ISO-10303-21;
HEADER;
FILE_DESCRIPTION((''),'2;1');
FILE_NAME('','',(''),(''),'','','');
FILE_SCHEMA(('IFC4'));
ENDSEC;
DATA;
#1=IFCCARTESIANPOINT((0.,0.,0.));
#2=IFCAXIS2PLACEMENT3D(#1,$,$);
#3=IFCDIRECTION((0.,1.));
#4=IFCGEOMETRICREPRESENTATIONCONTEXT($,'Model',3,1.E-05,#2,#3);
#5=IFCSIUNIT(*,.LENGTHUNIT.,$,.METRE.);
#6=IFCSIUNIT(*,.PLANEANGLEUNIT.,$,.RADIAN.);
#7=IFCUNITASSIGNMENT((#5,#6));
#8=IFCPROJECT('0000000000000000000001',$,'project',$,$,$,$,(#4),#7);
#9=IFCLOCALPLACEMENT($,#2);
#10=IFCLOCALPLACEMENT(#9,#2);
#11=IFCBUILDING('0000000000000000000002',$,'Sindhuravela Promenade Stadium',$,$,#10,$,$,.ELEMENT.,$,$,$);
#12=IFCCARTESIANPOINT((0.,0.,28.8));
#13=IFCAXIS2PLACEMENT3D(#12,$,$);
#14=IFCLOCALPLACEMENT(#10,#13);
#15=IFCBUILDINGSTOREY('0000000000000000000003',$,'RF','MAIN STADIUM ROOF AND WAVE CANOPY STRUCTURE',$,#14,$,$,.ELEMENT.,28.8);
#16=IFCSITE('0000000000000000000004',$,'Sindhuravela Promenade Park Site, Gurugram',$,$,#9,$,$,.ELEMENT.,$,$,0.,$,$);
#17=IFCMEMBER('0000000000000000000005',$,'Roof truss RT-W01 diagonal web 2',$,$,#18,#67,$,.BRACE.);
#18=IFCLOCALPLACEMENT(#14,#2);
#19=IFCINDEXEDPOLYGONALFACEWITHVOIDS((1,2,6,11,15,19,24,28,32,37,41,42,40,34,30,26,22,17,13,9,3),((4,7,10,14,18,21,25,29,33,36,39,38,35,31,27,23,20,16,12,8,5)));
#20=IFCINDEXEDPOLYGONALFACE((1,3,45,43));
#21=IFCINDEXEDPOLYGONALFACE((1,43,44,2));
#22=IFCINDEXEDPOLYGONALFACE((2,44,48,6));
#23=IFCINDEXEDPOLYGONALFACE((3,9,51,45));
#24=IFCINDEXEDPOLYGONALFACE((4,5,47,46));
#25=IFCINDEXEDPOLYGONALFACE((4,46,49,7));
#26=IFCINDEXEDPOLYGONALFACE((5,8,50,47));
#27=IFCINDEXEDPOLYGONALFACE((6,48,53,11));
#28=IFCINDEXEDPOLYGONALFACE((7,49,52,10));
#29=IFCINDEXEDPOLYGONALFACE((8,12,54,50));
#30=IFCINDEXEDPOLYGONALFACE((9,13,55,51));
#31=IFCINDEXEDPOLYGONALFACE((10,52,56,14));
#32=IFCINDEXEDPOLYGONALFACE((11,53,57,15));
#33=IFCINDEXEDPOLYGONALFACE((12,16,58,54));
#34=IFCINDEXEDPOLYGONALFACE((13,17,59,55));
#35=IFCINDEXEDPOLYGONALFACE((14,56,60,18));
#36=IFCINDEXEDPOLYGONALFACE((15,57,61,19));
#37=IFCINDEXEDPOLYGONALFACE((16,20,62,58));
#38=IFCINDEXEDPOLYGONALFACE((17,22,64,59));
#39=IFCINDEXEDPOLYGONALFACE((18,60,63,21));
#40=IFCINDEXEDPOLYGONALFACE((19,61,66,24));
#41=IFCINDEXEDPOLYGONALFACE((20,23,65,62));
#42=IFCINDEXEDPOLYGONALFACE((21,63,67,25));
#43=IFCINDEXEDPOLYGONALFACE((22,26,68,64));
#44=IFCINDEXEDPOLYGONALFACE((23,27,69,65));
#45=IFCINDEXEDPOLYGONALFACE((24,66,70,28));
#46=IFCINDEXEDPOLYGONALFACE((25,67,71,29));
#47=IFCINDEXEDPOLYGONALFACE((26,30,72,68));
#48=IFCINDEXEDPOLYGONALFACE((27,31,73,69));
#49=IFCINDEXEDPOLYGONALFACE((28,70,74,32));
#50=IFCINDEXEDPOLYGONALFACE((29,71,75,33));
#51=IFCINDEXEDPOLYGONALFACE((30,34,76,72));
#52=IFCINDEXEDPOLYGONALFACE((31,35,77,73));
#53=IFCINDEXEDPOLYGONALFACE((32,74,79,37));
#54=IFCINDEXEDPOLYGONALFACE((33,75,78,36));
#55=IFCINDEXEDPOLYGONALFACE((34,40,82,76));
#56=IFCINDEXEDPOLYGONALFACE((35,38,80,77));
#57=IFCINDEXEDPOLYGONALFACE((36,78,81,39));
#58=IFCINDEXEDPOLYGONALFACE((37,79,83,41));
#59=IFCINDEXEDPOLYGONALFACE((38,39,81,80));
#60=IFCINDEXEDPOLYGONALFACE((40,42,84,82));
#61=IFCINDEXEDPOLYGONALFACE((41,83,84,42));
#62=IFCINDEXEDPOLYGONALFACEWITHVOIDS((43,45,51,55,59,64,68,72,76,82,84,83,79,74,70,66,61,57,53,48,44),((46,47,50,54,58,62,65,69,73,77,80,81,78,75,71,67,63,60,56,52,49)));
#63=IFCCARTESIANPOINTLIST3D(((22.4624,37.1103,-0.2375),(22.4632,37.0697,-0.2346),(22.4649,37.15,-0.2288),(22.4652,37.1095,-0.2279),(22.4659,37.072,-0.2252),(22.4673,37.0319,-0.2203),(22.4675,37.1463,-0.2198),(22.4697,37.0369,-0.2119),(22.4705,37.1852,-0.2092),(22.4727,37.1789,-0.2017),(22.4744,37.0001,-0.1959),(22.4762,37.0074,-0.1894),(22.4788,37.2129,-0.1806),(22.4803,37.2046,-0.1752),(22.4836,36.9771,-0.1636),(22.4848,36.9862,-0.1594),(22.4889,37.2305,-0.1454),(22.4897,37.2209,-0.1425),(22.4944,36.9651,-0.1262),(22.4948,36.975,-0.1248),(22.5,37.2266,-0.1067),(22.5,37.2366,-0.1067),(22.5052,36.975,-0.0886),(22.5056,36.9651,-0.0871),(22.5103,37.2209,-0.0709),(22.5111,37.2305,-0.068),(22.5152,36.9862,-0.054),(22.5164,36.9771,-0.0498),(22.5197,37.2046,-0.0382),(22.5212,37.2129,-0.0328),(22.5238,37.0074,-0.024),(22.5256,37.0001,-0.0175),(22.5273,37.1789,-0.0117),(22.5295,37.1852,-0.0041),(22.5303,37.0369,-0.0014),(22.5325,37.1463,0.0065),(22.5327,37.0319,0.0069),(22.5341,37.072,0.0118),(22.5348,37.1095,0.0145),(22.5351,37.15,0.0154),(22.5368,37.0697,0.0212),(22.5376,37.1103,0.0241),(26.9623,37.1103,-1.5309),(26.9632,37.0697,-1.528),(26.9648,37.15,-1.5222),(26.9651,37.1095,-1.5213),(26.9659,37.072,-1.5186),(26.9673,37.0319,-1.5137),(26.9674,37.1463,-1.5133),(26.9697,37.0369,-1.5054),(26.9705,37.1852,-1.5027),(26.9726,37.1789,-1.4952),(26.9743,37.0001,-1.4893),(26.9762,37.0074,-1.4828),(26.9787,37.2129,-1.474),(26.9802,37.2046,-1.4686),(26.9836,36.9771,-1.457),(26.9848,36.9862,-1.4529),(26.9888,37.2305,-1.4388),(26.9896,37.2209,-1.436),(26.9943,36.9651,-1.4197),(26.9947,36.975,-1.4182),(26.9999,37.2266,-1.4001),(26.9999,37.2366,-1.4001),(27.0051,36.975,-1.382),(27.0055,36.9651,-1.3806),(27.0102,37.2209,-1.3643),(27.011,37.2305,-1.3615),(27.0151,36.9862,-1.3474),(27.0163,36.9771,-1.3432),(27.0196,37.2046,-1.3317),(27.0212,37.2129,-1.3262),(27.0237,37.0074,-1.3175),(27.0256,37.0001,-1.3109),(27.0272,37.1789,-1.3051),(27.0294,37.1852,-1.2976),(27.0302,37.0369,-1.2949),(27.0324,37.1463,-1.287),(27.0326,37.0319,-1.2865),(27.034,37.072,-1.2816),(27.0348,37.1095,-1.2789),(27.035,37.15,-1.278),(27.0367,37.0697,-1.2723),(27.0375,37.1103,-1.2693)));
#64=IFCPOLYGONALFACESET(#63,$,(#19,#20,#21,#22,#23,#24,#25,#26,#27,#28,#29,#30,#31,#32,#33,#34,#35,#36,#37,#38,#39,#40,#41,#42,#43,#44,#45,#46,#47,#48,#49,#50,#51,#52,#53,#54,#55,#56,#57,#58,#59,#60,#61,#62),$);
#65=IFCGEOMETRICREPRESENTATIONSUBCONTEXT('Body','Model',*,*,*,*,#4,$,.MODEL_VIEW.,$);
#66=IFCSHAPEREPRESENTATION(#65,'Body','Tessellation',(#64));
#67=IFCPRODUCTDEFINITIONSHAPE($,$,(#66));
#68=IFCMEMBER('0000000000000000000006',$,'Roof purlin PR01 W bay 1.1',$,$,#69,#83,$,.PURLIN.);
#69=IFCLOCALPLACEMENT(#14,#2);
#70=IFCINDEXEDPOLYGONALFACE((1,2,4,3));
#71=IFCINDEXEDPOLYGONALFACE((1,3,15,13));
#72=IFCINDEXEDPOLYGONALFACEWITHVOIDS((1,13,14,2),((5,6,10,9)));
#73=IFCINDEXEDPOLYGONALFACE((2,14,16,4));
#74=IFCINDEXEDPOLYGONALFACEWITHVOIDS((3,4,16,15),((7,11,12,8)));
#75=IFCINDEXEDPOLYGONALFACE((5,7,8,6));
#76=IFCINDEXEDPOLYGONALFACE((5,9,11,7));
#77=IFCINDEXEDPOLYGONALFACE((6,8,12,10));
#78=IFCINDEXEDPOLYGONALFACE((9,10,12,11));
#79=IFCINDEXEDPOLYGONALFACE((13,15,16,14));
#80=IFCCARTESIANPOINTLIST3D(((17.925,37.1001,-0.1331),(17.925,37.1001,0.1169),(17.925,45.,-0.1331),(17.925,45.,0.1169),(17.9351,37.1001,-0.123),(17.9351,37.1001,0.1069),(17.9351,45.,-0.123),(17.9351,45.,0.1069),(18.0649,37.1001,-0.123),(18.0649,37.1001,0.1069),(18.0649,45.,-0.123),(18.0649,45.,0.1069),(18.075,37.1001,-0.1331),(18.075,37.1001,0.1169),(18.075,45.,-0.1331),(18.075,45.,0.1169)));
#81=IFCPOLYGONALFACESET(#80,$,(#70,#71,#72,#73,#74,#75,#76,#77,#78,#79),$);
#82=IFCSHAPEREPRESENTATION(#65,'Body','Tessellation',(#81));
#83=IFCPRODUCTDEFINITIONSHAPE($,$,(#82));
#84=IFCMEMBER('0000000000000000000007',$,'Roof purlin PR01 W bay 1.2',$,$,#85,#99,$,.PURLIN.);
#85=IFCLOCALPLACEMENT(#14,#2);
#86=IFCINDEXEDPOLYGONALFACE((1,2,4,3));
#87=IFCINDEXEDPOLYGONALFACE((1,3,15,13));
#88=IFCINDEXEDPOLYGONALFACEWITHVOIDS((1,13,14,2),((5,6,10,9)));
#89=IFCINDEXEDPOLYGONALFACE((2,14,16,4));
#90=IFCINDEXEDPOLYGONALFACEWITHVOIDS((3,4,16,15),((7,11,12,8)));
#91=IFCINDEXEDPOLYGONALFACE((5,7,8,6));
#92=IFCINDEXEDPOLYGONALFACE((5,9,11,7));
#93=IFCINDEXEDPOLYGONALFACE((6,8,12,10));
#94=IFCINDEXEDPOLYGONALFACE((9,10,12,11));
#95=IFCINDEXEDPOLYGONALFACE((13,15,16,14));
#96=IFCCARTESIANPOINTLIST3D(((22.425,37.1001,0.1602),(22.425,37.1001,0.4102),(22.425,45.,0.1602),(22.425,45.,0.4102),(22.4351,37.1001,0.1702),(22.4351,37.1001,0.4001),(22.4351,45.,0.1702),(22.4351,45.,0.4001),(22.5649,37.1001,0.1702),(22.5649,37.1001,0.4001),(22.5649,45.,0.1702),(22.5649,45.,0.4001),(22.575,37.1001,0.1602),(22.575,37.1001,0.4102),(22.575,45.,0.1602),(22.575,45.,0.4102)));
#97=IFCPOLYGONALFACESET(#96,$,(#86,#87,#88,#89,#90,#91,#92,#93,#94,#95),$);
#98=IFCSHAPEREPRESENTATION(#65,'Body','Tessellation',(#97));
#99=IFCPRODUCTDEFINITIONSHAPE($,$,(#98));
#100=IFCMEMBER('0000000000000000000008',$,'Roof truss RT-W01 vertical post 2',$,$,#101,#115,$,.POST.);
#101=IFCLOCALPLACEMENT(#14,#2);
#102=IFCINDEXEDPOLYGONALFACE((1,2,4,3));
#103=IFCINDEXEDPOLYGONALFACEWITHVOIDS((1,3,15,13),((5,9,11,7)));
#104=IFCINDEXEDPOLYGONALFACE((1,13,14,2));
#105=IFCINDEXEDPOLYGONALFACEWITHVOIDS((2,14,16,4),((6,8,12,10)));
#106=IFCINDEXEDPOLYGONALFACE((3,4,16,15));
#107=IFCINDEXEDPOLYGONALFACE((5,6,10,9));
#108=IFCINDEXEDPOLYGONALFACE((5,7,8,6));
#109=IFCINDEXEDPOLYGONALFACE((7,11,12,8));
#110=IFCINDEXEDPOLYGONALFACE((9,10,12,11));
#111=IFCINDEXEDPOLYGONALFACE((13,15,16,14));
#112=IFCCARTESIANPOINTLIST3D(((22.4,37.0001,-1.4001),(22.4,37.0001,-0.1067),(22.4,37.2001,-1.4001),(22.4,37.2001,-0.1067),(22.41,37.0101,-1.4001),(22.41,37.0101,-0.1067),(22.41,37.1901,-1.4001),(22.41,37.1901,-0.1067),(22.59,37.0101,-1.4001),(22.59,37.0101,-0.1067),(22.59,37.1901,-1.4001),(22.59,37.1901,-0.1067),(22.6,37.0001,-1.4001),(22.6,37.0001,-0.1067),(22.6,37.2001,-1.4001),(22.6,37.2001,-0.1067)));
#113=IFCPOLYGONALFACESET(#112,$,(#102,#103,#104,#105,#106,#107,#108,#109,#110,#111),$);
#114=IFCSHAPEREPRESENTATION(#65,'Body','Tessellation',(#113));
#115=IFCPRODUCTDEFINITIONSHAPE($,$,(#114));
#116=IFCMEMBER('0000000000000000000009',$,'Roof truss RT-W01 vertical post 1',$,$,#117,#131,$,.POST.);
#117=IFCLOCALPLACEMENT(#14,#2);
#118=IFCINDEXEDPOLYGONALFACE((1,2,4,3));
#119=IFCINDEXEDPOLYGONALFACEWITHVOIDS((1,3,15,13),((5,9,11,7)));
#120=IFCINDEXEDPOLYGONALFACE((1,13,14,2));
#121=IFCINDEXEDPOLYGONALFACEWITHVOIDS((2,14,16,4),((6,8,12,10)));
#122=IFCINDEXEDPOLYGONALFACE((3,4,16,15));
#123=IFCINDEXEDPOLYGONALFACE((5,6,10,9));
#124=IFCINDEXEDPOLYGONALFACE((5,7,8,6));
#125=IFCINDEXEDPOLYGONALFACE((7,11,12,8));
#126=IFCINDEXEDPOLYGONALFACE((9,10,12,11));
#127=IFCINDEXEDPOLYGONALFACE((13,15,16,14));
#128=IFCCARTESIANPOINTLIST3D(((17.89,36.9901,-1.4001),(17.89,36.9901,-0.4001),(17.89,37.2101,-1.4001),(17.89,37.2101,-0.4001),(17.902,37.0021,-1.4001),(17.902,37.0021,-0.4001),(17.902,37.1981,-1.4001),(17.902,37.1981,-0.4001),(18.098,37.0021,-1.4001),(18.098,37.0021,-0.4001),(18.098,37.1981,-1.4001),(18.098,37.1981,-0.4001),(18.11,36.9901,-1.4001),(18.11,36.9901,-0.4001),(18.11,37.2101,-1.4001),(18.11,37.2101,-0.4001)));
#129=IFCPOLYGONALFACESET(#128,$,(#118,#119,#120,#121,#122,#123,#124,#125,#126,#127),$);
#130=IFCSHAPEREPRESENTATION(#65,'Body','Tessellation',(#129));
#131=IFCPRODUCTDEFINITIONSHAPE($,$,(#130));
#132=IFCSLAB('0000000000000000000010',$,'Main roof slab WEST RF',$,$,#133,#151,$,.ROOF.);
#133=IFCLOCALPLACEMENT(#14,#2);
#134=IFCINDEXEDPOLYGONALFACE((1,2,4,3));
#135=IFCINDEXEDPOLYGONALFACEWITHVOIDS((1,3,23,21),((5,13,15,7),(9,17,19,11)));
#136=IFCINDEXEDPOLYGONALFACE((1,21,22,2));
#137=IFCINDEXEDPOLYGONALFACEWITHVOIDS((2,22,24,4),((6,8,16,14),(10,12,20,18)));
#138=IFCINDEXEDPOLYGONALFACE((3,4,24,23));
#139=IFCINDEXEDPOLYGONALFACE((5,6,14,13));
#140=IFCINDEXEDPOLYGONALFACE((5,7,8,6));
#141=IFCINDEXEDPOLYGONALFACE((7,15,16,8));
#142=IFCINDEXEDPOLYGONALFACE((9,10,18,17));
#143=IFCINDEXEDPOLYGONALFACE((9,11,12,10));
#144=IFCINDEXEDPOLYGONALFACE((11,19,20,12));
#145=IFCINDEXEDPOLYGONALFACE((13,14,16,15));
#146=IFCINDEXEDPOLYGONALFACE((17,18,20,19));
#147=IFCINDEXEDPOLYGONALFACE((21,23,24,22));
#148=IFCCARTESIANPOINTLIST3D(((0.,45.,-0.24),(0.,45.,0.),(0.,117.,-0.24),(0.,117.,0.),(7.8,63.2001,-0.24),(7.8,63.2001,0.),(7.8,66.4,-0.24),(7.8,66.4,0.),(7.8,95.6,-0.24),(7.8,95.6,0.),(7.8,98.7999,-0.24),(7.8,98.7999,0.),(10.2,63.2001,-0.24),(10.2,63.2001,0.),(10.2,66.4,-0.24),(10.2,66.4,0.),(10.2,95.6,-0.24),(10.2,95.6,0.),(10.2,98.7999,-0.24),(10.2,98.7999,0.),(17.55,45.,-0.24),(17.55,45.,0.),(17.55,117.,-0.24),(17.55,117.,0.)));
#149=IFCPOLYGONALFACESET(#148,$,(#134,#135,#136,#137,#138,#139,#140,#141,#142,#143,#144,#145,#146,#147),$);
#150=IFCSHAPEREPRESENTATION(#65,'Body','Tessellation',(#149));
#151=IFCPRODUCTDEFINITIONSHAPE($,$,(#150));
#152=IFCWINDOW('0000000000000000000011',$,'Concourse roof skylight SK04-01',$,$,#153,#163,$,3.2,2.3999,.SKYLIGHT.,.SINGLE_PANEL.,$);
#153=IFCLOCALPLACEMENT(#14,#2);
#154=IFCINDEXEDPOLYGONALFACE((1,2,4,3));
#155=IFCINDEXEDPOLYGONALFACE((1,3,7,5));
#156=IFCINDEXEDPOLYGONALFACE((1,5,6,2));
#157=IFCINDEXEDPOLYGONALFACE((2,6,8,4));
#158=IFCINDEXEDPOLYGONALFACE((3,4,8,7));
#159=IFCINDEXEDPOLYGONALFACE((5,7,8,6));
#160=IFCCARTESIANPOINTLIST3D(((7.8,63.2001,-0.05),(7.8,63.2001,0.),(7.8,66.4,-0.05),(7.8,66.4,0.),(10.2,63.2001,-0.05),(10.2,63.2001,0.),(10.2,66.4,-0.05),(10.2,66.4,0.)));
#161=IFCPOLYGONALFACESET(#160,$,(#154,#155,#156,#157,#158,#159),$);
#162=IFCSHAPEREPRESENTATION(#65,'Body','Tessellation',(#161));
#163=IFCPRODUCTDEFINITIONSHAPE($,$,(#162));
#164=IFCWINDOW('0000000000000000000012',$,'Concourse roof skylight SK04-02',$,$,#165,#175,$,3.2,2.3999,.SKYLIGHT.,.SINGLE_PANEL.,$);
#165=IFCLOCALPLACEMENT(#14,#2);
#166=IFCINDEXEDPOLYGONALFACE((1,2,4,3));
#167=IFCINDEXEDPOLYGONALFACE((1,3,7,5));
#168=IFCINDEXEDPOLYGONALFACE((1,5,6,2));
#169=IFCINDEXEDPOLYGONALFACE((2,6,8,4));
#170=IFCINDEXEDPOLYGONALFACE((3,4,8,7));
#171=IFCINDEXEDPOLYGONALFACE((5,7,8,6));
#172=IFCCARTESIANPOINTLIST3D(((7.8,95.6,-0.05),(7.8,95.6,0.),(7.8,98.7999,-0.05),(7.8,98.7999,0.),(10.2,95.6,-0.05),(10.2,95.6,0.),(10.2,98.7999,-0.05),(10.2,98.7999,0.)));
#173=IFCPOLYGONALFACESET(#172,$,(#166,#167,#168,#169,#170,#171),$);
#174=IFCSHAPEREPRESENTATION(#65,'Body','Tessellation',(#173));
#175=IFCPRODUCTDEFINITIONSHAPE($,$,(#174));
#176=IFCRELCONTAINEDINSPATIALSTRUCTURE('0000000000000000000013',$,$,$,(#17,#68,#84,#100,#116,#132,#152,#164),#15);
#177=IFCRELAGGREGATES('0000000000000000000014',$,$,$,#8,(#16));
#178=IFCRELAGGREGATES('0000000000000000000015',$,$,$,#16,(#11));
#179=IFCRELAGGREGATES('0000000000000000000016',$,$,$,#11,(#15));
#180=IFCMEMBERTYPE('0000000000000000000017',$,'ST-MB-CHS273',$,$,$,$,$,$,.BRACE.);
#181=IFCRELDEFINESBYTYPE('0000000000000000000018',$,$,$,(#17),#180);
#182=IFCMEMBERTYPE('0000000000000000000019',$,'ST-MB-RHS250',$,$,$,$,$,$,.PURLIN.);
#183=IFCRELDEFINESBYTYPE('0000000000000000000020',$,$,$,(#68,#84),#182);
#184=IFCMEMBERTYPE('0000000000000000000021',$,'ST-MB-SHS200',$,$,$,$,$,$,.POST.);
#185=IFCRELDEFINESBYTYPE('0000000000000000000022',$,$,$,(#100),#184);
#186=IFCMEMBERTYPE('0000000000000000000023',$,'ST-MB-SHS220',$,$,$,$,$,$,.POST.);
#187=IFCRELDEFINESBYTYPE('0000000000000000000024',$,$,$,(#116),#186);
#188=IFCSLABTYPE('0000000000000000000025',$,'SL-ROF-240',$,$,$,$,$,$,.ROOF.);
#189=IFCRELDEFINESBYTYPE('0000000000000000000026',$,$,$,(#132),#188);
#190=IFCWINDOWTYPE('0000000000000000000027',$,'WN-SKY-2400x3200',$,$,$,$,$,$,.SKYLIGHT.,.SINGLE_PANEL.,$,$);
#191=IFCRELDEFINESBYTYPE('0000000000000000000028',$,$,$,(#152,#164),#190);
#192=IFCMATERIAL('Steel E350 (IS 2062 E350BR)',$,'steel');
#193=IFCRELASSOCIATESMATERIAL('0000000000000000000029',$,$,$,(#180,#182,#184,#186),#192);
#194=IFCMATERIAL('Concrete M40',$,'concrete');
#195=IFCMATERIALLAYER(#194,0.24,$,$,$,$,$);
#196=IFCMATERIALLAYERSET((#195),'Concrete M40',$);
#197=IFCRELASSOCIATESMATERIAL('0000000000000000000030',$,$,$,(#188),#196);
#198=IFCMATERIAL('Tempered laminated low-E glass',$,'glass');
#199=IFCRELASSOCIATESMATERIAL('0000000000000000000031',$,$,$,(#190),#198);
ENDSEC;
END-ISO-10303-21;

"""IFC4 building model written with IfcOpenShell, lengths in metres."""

from ifc_helpers import new_model, si_unit, direction, frame, origin, origin_2d, place, context, subcontext, project, spatial, polyline, rectangle, hollow_rectangle, hollow_circle, outline, extrude, material, layer, layer_set, material_profile, profile_set, type_object, element, fill, save


model = new_model("IFC4")

# Units and contexts
model_context = context("Model", 3, precision=1e-05, world=origin(), true_north=direction((0.0, 1.0)))
body_context = subcontext(model_context, "Body", "Model", "MODEL_VIEW")
ifc_project = project(units=[si_unit("LENGTHUNIT", "METRE"), si_unit("PLANEANGLEUNIT", "RADIAN")], contexts=[model_context])

# Site, building, storey
site_placement = place(None, origin())
site = spatial("IfcSite", under=ifc_project, at=site_placement, Name="Sindhuravela Promenade Park Site, Gurugram", CompositionType="ELEMENT", RefElevation=0.0)
building_placement = place(site_placement, origin())
building = spatial("IfcBuilding", under=site, at=building_placement, Name="Sindhuravela Promenade Stadium", CompositionType="ELEMENT")
storey_placement = place(building_placement, frame((0.0, 0.0, 28.8)))
storey = spatial("IfcBuildingStorey", under=building, at=storey_placement, Name="RF", Description="MAIN STADIUM ROOF AND WAVE CANOPY STRUCTURE", CompositionType="ELEMENT", Elevation=28.8)

# Shared definitions
ifc_material_1 = material(Name="Steel E350 (IS 2062 E350BR)", Category="steel")

# Members
ifc_material_profile_1 = material_profile(ifc_material_1, hollow_circle(Radius=0.1365, WallThickness=0.01, at=origin_2d()), Name="CHS 273.0x10")
ifc_profile_set_1 = profile_set([ifc_material_profile_1], Name="Steel E350 (IS 2062 E350BR)")
member_type_1 = type_object("IfcMemberType", Name="ST-MB-CHS273", PredefinedType="BRACE", material=ifc_profile_set_1)
for number, where, z_axis, x_axis, name in (
    (1, (22.5, 37.1001, -0.1067), (0.961086, 0.0, -0.27625), (0.0, 1.0, 0.0), "Roof truss RT-W01 diagonal web 2"),
):
    element("IfcMember", number, at=place(storey_placement, frame(where, z_axis=z_axis, x_axis=x_axis)), inside=storey, type_object=member_type_1, Name=name, PredefinedType="BRACE", context=body_context, shape_type="SweptSolid", body=[
        extrude(hollow_circle(Radius=0.1365, WallThickness=0.01, at=origin_2d()), origin(), (0.0, 0.0, 1.0), 4.6821),
    ])
ifc_material_profile_2 = material_profile(ifc_material_1, hollow_rectangle(XDim=0.1499, YDim=0.25, WallThickness=0.01, at=origin_2d()), Name="RHS 250x150x10")
ifc_profile_set_2 = profile_set([ifc_material_profile_2], Name="Steel E350 (IS 2062 E350BR)")
member_type_2 = type_object("IfcMemberType", Name="ST-MB-RHS250", PredefinedType="PURLIN", material=ifc_profile_set_2)
for number, where, z_axis, x_axis, name in (
    (2, (18.0, 37.1001, -0.0081), (0.0, 1.0, 0.0), (-1.0, 0.0, 0.0), "Roof purlin PR01 W bay 1.1"),
    (3, (22.5, 37.1001, 0.2852), (0.0, 1.0, 0.0), (-1.0, 0.0, 0.0), "Roof purlin PR01 W bay 1.2"),
):
    element("IfcMember", number, at=place(storey_placement, frame(where, z_axis=z_axis, x_axis=x_axis)), inside=storey, type_object=member_type_2, Name=name, PredefinedType="PURLIN", context=body_context, shape_type="SweptSolid", body=[
        extrude(hollow_rectangle(XDim=0.1499, YDim=0.25, WallThickness=0.01, at=origin_2d()), origin(), (0.0, 0.0, 1.0), 7.8999),
    ])
ifc_material_profile_3 = material_profile(ifc_material_1, hollow_rectangle(XDim=0.2, YDim=0.2, WallThickness=0.01, at=origin_2d()), Name="SHS 200x200x10")
ifc_profile_set_3 = profile_set([ifc_material_profile_3], Name="Steel E350 (IS 2062 E350BR)")
member_type_3 = type_object("IfcMemberType", Name="ST-MB-SHS200", PredefinedType="POST", material=ifc_profile_set_3)
member_1_placement = place(storey_placement, frame((22.5, 37.1001, -1.4001), z_axis=(0.0, 0.0, 1.0), x_axis=(1.0, 0.0, 0.0)))
element("IfcMember", 4, at=member_1_placement, inside=storey, type_object=member_type_3, Name="Roof truss RT-W01 vertical post 2", PredefinedType="POST", context=body_context, shape_type="SweptSolid", body=[
    extrude(hollow_rectangle(XDim=0.2, YDim=0.2, WallThickness=0.01, at=origin_2d()), origin(), (0.0, 0.0, 1.0), 1.2935),
])
ifc_material_profile_4 = material_profile(ifc_material_1, hollow_rectangle(XDim=0.22, YDim=0.22, WallThickness=0.012, at=origin_2d()), Name="SHS 220x220x12")
ifc_profile_set_4 = profile_set([ifc_material_profile_4], Name="Steel E350 (IS 2062 E350BR)")
member_type_4 = type_object("IfcMemberType", Name="ST-MB-SHS220", PredefinedType="POST", material=ifc_profile_set_4)
member_2_placement = place(storey_placement, frame((18.0, 37.1001, -1.4001), z_axis=(0.0, 0.0, 1.0), x_axis=(1.0, 0.0, 0.0)))
element("IfcMember", 5, at=member_2_placement, inside=storey, type_object=member_type_4, Name="Roof truss RT-W01 vertical post 1", PredefinedType="POST", context=body_context, shape_type="SweptSolid", body=[
    extrude(hollow_rectangle(XDim=0.22, YDim=0.22, WallThickness=0.012, at=origin_2d()), origin(), (0.0, 0.0, 1.0), 1.0),
])

# Slab, openings, windows
ifc_material_2 = material(Name="Concrete M40", Category="concrete")
ifc_layer_1 = layer(ifc_material_2, 0.24)
ifc_layer_set_1 = layer_set([ifc_layer_1], Name="Concrete M40")
slab_type_1 = type_object("IfcSlabType", Name="SL-ROF-240", PredefinedType="ROOF", material=ifc_layer_set_1)
slab_1_placement = place(storey_placement, frame((0.0, 0.0, -0.24)))
slab_1 = element("IfcSlab", 6, at=slab_1_placement, inside=storey, type_object=slab_type_1, Name="Main roof slab WEST RF", PredefinedType="ROOF", context=body_context, shape_type="SweptSolid", body=[
    extrude(outline(polyline([(0.0, 45.0), (0.0, 117.0), (17.55, 117.0), (17.55, 45.0), (0.0, 45.0)])), origin(), (0.0, 0.0, 1.0), 0.24),
])
opening_1_placement = place(slab_1_placement, frame((9.0, 64.8, -0.01)))
opening_1 = element("IfcOpeningElement", 7, at=opening_1_placement, cuts=slab_1, PredefinedType="OPENING", context=body_context, shape_type="SweptSolid", body=[
    extrude(rectangle(XDim=2.3999, YDim=3.2, at=origin_2d()), origin(), (0.0, 0.0, 1.0), 0.26),
])
opening_2_placement = place(slab_1_placement, frame((9.0, 97.2, -0.01)))
opening_2 = element("IfcOpeningElement", 8, at=opening_2_placement, cuts=slab_1, PredefinedType="OPENING", context=body_context, shape_type="SweptSolid", body=[
    extrude(rectangle(XDim=2.3999, YDim=3.2, at=origin_2d()), origin(), (0.0, 0.0, 1.0), 0.26),
])
ifc_material_3 = material(Name="Tempered laminated low-E glass", Category="glass")
window_type = type_object("IfcWindowType", Name="WN-SKY-2400x3200", PartitioningType="SINGLE_PANEL", PredefinedType="SKYLIGHT", material=ifc_material_3)
window_1_placement = place(slab_1_placement, frame((9.0, 64.8, 0.1899)))
window_1 = element("IfcWindow", 9, at=window_1_placement, inside=storey, type_object=window_type, Name="Concourse roof skylight SK04-01", OverallHeight=3.2, OverallWidth=2.3999, PartitioningType="SINGLE_PANEL", PredefinedType="SKYLIGHT", context=body_context, shape_type="SweptSolid", body=[
    extrude(rectangle(XDim=2.3999, YDim=3.2, at=origin_2d()), origin(), (0.0, 0.0, 1.0), 0.05),
])
fill(opening_1, window_1)
window_2_placement = place(slab_1_placement, frame((9.0, 97.2, 0.1899)))
window_2 = element("IfcWindow", 10, at=window_2_placement, inside=storey, type_object=window_type, Name="Concourse roof skylight SK04-02", OverallHeight=3.2, OverallWidth=2.3999, PartitioningType="SINGLE_PANEL", PredefinedType="SKYLIGHT", context=body_context, shape_type="SweptSolid", body=[
    extrude(rectangle(XDim=2.3999, YDim=3.2, at=origin_2d()), origin(), (0.0, 0.0, 1.0), 0.05),
])
fill(opening_2, window_2)

save(model, "model.ifc")
